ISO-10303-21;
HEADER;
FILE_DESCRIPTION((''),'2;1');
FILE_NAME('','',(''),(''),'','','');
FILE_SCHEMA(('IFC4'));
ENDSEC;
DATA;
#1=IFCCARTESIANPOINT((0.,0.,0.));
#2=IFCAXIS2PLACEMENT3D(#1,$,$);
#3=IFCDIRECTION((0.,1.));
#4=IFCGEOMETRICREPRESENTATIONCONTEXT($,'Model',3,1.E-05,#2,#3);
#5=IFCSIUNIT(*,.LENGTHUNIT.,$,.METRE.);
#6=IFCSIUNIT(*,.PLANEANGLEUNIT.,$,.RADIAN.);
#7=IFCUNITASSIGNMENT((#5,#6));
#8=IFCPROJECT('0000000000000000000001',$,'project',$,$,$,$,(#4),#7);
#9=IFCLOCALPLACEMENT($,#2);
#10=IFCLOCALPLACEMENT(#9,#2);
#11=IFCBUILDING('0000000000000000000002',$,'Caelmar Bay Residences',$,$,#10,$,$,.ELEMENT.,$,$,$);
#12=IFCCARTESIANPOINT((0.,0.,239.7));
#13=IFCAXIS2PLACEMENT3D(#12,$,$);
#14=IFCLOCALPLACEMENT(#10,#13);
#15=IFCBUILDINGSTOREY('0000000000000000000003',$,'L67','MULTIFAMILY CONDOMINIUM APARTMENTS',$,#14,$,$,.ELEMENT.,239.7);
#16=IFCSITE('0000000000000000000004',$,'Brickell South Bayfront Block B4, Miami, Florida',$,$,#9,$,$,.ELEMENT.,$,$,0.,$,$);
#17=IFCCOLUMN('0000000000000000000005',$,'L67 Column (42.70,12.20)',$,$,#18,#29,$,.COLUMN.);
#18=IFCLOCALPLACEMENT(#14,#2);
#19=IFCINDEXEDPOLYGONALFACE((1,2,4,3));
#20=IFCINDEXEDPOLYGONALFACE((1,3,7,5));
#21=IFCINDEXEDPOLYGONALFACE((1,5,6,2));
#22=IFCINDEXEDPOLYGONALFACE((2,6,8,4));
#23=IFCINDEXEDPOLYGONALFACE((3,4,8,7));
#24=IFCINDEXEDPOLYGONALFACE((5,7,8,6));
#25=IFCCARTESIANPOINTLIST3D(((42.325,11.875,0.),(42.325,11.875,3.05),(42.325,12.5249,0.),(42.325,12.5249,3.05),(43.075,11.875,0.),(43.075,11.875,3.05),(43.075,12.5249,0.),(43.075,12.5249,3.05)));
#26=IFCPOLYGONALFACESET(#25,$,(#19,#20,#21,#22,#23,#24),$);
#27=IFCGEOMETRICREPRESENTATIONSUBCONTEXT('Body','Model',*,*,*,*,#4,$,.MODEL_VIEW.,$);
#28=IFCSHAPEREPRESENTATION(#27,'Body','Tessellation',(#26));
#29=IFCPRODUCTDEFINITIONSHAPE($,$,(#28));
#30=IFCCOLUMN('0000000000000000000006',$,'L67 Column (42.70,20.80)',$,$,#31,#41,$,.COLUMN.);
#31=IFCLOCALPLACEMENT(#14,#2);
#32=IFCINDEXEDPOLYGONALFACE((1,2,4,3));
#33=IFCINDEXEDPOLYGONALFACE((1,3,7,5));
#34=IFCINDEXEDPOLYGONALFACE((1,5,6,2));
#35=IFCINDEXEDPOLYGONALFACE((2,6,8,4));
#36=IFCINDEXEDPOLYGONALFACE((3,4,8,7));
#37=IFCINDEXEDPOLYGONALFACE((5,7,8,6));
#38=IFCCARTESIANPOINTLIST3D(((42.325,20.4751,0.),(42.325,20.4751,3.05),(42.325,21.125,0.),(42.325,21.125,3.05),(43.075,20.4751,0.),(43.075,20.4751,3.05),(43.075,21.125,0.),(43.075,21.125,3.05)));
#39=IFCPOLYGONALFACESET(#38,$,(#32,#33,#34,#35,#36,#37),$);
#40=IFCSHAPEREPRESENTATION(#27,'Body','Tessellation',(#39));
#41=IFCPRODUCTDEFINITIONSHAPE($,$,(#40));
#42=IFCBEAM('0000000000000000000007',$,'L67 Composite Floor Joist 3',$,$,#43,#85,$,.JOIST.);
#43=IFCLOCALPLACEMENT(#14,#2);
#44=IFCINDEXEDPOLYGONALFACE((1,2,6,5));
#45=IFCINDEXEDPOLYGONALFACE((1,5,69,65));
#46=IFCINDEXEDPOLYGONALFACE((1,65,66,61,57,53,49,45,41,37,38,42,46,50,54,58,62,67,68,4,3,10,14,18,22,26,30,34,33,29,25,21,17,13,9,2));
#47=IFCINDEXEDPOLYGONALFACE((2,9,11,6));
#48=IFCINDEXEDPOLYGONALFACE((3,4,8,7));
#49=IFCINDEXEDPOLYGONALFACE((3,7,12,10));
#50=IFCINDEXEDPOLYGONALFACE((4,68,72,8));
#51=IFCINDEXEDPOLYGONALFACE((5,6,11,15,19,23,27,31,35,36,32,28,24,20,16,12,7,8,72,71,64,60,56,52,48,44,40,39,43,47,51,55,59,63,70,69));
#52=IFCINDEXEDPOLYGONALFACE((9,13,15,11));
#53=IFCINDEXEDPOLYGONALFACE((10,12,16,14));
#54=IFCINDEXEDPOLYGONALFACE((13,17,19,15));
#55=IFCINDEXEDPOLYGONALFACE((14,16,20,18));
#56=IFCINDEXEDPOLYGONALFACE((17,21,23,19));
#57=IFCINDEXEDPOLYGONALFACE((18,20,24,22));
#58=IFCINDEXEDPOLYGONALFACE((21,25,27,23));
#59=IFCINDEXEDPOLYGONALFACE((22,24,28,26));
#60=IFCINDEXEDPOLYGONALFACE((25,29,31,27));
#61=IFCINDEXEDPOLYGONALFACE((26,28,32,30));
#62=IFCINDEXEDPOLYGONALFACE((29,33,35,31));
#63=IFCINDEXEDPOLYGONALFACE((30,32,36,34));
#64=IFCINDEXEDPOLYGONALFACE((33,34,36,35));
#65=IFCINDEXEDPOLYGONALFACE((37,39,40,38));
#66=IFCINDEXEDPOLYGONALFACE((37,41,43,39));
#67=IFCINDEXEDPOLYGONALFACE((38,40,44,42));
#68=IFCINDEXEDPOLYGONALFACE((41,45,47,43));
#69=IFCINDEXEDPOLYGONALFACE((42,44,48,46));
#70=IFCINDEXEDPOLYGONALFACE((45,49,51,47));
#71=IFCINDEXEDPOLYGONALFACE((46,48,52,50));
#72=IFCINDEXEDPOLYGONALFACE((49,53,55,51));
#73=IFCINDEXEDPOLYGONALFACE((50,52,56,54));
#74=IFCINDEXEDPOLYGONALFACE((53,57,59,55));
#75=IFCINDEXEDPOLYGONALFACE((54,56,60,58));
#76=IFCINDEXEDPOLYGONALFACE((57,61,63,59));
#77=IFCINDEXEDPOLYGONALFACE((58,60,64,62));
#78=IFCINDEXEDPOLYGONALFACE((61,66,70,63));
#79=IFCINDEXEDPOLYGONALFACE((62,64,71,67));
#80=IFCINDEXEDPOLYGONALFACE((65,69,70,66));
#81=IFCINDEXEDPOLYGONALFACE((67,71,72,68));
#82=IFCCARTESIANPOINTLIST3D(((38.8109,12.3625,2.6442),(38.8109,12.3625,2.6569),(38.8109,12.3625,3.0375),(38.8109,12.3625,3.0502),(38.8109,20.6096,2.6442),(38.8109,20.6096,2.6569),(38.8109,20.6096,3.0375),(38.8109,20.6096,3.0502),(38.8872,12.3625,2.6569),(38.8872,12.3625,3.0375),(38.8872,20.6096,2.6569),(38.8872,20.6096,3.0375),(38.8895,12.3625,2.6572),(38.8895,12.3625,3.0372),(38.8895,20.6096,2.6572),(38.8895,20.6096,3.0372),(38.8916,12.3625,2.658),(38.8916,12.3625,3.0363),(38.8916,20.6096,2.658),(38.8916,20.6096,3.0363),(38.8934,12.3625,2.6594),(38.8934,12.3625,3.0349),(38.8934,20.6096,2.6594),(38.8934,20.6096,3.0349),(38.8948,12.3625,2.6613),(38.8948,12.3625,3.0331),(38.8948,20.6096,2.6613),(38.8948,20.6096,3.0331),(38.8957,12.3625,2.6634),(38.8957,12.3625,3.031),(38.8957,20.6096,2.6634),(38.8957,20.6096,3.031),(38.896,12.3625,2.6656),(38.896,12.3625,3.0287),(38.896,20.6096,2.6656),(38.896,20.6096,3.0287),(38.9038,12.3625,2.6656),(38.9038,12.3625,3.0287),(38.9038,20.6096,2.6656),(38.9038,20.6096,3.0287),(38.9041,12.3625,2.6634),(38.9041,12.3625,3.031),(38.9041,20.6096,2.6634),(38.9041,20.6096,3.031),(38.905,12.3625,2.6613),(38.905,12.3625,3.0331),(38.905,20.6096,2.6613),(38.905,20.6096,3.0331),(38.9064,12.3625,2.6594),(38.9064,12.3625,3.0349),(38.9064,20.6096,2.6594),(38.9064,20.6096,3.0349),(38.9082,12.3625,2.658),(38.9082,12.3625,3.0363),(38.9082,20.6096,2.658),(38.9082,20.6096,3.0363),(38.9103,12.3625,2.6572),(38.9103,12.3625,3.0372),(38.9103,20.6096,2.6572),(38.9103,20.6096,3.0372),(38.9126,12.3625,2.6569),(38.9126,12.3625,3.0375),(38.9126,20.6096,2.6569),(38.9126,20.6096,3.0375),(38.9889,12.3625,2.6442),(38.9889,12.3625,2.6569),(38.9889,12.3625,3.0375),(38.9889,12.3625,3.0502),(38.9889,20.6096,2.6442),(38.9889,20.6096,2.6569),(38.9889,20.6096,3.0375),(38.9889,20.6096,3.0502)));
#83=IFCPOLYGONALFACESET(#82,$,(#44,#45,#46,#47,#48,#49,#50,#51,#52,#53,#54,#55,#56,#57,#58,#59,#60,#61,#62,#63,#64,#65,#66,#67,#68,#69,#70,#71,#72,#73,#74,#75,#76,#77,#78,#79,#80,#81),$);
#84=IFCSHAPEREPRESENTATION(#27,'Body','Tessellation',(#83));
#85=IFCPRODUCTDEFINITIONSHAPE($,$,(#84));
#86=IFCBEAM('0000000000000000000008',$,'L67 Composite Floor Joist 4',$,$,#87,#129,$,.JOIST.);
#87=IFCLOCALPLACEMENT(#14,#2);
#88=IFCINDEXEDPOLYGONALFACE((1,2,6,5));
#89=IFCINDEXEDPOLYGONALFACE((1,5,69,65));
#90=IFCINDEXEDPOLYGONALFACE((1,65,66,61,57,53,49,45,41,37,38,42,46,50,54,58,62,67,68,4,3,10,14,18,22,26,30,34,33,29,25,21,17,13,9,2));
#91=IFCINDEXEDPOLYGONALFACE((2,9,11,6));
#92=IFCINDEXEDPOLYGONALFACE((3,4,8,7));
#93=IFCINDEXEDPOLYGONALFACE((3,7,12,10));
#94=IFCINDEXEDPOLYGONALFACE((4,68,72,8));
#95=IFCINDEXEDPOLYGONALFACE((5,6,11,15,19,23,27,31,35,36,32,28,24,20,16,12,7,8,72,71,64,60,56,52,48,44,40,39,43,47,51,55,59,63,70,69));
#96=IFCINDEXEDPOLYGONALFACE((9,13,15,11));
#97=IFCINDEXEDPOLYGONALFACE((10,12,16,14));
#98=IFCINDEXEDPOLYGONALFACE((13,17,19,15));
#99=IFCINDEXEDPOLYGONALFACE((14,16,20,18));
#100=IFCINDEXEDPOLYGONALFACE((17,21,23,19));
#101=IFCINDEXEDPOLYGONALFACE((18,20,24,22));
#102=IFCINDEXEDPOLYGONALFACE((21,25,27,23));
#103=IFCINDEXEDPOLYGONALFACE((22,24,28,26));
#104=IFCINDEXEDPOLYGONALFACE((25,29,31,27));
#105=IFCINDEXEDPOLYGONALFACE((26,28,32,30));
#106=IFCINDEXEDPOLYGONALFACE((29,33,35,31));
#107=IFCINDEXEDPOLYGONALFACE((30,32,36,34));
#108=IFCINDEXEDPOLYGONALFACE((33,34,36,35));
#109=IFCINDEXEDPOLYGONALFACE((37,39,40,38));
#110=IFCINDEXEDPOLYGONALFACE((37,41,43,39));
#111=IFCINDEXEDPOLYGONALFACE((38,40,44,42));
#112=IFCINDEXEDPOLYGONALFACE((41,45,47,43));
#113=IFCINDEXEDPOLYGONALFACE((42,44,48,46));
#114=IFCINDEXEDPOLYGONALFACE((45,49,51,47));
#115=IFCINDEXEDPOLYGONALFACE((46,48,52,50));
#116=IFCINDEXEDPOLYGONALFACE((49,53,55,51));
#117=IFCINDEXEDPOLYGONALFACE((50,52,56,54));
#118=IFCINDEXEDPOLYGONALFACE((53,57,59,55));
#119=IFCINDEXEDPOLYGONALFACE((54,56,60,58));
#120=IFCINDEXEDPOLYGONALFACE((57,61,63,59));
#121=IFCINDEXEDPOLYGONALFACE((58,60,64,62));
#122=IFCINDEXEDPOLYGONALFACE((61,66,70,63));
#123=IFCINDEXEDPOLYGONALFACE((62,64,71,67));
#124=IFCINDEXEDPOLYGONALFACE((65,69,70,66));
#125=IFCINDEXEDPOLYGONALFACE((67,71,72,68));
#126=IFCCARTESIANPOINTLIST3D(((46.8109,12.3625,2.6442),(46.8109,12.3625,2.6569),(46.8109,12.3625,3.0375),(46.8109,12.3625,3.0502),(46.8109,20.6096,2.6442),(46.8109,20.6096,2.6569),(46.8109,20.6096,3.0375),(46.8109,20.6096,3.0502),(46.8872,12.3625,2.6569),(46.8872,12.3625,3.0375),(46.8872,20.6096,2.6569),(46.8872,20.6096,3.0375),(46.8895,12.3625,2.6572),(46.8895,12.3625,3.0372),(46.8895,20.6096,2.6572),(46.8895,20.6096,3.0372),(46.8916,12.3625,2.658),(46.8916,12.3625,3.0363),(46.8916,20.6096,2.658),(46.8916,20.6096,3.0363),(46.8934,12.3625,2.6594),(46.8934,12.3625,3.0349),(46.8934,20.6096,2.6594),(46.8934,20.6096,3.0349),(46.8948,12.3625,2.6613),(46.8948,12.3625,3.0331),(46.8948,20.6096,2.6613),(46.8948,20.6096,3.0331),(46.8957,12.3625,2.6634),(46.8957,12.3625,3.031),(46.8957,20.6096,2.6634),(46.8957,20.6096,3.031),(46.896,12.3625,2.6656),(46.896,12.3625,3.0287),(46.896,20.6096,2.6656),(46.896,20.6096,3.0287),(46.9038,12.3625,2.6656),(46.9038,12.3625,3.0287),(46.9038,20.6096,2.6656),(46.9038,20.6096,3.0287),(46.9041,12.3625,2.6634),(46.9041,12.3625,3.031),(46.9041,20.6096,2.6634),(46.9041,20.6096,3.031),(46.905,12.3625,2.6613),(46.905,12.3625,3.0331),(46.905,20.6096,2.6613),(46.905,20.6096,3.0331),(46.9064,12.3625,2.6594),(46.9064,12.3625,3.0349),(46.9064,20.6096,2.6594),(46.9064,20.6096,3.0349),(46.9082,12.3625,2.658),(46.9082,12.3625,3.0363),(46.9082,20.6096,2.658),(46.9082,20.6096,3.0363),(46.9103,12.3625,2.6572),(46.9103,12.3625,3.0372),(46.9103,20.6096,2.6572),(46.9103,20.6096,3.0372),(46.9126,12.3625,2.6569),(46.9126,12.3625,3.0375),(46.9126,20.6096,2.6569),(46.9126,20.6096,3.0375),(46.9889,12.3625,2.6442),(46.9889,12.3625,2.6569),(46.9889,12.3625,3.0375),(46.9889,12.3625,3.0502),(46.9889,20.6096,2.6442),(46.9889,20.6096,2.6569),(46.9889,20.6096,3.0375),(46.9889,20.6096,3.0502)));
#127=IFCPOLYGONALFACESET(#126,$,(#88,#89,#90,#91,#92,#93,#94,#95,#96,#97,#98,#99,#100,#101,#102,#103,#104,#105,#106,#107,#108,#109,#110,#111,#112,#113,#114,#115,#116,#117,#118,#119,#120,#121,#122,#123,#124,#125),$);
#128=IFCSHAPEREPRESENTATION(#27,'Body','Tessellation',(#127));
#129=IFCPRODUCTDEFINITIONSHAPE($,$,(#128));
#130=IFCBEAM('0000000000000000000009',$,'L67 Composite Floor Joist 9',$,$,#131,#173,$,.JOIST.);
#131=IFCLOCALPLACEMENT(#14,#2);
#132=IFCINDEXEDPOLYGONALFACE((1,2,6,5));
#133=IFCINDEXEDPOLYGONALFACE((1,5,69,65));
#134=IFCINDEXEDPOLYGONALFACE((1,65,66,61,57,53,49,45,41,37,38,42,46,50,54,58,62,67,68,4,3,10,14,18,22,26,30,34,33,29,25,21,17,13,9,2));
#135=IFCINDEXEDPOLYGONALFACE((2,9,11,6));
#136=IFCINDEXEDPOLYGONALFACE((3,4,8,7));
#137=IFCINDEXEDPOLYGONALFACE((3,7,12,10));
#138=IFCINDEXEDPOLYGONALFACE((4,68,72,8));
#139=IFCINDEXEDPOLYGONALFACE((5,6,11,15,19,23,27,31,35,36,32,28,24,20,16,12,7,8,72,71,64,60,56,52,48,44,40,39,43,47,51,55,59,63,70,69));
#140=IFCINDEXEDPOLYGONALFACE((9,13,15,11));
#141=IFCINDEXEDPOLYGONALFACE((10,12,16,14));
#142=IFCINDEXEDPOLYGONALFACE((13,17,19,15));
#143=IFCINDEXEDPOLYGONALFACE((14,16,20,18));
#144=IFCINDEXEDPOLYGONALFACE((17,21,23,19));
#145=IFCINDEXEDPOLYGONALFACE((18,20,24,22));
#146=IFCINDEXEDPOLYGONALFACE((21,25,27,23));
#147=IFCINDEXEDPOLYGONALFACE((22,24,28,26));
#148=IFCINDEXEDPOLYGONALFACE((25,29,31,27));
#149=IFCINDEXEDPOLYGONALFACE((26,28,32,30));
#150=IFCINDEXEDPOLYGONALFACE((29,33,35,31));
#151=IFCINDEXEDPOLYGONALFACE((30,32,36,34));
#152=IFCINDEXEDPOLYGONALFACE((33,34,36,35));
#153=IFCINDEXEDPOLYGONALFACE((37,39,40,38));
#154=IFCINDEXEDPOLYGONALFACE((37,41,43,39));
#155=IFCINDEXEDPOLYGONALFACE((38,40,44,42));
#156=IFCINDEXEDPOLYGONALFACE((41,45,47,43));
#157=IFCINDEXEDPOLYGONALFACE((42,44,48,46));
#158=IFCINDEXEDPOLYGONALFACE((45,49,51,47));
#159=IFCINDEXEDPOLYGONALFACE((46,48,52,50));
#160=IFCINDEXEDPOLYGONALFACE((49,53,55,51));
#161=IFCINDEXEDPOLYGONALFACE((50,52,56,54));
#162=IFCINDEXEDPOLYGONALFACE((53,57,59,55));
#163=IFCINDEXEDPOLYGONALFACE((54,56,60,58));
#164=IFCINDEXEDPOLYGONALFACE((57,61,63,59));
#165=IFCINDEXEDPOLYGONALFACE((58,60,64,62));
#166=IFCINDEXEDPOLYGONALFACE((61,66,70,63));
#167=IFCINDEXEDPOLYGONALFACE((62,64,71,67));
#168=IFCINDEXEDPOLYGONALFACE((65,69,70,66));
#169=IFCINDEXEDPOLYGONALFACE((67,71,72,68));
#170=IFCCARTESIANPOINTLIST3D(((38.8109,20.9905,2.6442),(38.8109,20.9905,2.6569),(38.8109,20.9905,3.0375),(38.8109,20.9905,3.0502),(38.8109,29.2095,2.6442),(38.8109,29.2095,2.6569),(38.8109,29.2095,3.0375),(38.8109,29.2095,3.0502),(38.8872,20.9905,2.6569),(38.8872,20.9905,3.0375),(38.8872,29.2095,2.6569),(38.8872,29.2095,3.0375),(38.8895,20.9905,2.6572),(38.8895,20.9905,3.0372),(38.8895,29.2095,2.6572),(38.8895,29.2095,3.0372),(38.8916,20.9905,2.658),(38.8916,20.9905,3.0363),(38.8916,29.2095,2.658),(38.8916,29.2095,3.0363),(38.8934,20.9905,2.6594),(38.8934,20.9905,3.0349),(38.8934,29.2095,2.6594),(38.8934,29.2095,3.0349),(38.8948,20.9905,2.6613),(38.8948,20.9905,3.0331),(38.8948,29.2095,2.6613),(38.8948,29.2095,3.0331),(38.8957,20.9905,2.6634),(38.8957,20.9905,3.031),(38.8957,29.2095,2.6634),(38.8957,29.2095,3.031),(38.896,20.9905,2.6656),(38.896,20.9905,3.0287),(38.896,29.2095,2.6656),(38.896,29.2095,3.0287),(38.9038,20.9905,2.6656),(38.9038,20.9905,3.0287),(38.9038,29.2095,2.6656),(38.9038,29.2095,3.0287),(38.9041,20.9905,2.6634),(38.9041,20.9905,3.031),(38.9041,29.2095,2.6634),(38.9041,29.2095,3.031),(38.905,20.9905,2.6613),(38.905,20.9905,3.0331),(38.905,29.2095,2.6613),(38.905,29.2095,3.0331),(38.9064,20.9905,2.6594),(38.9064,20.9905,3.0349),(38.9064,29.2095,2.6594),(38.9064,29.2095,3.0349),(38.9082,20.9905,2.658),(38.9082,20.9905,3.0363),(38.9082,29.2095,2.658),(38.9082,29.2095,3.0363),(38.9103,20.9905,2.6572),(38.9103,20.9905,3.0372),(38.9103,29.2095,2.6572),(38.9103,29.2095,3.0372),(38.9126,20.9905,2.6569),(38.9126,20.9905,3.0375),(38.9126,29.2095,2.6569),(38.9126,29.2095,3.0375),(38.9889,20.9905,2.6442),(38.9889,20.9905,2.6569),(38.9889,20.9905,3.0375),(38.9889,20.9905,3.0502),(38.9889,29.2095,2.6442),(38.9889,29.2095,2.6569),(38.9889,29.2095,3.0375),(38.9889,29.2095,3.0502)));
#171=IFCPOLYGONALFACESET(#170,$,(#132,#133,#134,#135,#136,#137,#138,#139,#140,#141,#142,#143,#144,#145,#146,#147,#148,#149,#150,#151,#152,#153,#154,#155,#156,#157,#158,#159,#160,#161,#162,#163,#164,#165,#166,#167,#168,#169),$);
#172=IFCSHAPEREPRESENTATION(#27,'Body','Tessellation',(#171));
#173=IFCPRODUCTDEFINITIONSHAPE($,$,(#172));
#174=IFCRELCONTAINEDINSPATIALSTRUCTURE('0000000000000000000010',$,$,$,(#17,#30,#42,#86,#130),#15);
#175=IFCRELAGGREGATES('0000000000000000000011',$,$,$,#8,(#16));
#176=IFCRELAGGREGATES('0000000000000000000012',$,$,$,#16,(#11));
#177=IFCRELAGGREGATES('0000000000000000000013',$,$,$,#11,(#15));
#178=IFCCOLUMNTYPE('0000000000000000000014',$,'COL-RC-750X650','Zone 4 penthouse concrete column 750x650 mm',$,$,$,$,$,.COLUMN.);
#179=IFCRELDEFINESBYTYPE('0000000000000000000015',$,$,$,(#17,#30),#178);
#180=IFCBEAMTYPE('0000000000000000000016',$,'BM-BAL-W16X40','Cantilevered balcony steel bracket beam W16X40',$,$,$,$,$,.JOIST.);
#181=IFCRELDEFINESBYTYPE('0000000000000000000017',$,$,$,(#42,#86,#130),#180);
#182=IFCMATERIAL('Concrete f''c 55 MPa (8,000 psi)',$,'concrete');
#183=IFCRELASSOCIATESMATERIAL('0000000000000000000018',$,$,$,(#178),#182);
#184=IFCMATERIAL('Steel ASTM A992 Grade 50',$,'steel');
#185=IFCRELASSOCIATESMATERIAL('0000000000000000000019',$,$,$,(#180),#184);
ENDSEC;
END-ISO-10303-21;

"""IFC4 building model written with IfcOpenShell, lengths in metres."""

from ifc_helpers import new_model, si_unit, direction, frame, origin, origin_2d, place, context, subcontext, project, spatial, rectangle, i_section, extrude, material, material_profile, profile_set, type_object, element, save


model = new_model("IFC4")

# Units and contexts
model_context = context("Model", 3, precision=1e-05, world=origin(), true_north=direction((0.0, 1.0)))
body_context = subcontext(model_context, "Body", "Model", "MODEL_VIEW")
ifc_project = project(units=[si_unit("LENGTHUNIT", "METRE"), si_unit("PLANEANGLEUNIT", "RADIAN")], contexts=[model_context])

# Site, building, storey
site_placement = place(None, origin())
site = spatial("IfcSite", under=ifc_project, at=site_placement, Name="Brickell South Bayfront Block B4, Miami, Florida", CompositionType="ELEMENT", RefElevation=0.0)
building_placement = place(site_placement, origin())
building = spatial("IfcBuilding", under=site, at=building_placement, Name="Caelmar Bay Residences", CompositionType="ELEMENT")
storey_placement = place(building_placement, frame((0.0, 0.0, 239.7)))
storey = spatial("IfcBuildingStorey", under=building, at=storey_placement, Name="L67", Description="MULTIFAMILY CONDOMINIUM APARTMENTS", CompositionType="ELEMENT", Elevation=239.7)

# Columns
ifc_material_1 = material(Name="Concrete f'c 55 MPa (8,000 psi)", Category="concrete")
ifc_material_profile_1 = material_profile(ifc_material_1, rectangle(XDim=0.75, YDim=0.6499, at=origin_2d()), Name="RC-COL-750X650")
ifc_profile_set_1 = profile_set([ifc_material_profile_1], Name="Concrete f'c 55 MPa (8,000 psi)")
column_type = type_object("IfcColumnType", Name="COL-RC-750X650", Description="Zone 4 penthouse concrete column 750x650 mm", PredefinedType="COLUMN", material=ifc_profile_set_1)
for number, where, z_axis, x_axis, name in (
    (1, (42.7, 12.2, 0.0), (0.0, 0.0, 1.0), (1.0, 0.0, 0.0), "L67 Column (42.70,12.20)"),
    (2, (42.7, 20.8, 0.0), (0.0, 0.0, 1.0), (1.0, 0.0, 0.0), "L67 Column (42.70,20.80)"),
):
    element("IfcColumn", number, at=place(storey_placement, frame(where, z_axis=z_axis, x_axis=x_axis)), inside=storey, type_object=column_type, Name=name, PredefinedType="COLUMN", context=body_context, shape_type="SweptSolid", body=[
        extrude(rectangle(XDim=0.75, YDim=0.6499, at=origin_2d()), origin(), (0.0, 0.0, 1.0), 3.05),
    ])

# Beams
ifc_material_2 = material(Name="Steel ASTM A992 Grade 50", Category="steel")
ifc_material_profile_2 = material_profile(ifc_material_2, i_section(OverallWidth=0.178, OverallDepth=0.406, WebThickness=0.0078, FlangeThickness=0.0127, FilletRadius=0.0088, at=origin_2d()), Name="W16X40")
ifc_profile_set_2 = profile_set([ifc_material_profile_2], Name="Steel ASTM A992 Grade 50")
beam_type_1 = type_object("IfcBeamType", Name="BM-BAL-W16X40", Description="Cantilevered balcony steel bracket beam W16X40", PredefinedType="JOIST", material=ifc_profile_set_2)
for number, where, z_axis, x_axis, name in (
    (3, (38.8999, 12.3625, 2.8472), (0.0, 1.0, 0.0), (-1.0, 0.0, 0.0), "L67 Composite Floor Joist 3"),
    (4, (46.8999, 12.3625, 2.8472), (0.0, 1.0, 0.0), (-1.0, 0.0, 0.0), "L67 Composite Floor Joist 4"),
):
    element("IfcBeam", number, at=place(storey_placement, frame(where, z_axis=z_axis, x_axis=x_axis)), inside=storey, type_object=beam_type_1, Name=name, PredefinedType="JOIST", context=body_context, shape_type="SweptSolid", body=[
        extrude(i_section(OverallWidth=0.178, OverallDepth=0.406, WebThickness=0.0078, FlangeThickness=0.0127, FilletRadius=0.0088, at=origin_2d()), origin(), (0.0, 0.0, 1.0), 8.2471),
    ])
for number, where, z_axis, x_axis, name in (
    (5, (38.8999, 20.9905, 2.8472), (0.0, 1.0, 0.0), (-1.0, 0.0, 0.0), "L67 Composite Floor Joist 9"),
):
    element("IfcBeam", number, at=place(storey_placement, frame(where, z_axis=z_axis, x_axis=x_axis)), inside=storey, type_object=beam_type_1, Name=name, PredefinedType="JOIST", context=body_context, shape_type="SweptSolid", body=[
        extrude(i_section(OverallWidth=0.178, OverallDepth=0.406, WebThickness=0.0078, FlangeThickness=0.0127, FilletRadius=0.0088, at=origin_2d()), origin(), (0.0, 0.0, 1.0), 8.219),
    ])

save(model, "model.ifc")
